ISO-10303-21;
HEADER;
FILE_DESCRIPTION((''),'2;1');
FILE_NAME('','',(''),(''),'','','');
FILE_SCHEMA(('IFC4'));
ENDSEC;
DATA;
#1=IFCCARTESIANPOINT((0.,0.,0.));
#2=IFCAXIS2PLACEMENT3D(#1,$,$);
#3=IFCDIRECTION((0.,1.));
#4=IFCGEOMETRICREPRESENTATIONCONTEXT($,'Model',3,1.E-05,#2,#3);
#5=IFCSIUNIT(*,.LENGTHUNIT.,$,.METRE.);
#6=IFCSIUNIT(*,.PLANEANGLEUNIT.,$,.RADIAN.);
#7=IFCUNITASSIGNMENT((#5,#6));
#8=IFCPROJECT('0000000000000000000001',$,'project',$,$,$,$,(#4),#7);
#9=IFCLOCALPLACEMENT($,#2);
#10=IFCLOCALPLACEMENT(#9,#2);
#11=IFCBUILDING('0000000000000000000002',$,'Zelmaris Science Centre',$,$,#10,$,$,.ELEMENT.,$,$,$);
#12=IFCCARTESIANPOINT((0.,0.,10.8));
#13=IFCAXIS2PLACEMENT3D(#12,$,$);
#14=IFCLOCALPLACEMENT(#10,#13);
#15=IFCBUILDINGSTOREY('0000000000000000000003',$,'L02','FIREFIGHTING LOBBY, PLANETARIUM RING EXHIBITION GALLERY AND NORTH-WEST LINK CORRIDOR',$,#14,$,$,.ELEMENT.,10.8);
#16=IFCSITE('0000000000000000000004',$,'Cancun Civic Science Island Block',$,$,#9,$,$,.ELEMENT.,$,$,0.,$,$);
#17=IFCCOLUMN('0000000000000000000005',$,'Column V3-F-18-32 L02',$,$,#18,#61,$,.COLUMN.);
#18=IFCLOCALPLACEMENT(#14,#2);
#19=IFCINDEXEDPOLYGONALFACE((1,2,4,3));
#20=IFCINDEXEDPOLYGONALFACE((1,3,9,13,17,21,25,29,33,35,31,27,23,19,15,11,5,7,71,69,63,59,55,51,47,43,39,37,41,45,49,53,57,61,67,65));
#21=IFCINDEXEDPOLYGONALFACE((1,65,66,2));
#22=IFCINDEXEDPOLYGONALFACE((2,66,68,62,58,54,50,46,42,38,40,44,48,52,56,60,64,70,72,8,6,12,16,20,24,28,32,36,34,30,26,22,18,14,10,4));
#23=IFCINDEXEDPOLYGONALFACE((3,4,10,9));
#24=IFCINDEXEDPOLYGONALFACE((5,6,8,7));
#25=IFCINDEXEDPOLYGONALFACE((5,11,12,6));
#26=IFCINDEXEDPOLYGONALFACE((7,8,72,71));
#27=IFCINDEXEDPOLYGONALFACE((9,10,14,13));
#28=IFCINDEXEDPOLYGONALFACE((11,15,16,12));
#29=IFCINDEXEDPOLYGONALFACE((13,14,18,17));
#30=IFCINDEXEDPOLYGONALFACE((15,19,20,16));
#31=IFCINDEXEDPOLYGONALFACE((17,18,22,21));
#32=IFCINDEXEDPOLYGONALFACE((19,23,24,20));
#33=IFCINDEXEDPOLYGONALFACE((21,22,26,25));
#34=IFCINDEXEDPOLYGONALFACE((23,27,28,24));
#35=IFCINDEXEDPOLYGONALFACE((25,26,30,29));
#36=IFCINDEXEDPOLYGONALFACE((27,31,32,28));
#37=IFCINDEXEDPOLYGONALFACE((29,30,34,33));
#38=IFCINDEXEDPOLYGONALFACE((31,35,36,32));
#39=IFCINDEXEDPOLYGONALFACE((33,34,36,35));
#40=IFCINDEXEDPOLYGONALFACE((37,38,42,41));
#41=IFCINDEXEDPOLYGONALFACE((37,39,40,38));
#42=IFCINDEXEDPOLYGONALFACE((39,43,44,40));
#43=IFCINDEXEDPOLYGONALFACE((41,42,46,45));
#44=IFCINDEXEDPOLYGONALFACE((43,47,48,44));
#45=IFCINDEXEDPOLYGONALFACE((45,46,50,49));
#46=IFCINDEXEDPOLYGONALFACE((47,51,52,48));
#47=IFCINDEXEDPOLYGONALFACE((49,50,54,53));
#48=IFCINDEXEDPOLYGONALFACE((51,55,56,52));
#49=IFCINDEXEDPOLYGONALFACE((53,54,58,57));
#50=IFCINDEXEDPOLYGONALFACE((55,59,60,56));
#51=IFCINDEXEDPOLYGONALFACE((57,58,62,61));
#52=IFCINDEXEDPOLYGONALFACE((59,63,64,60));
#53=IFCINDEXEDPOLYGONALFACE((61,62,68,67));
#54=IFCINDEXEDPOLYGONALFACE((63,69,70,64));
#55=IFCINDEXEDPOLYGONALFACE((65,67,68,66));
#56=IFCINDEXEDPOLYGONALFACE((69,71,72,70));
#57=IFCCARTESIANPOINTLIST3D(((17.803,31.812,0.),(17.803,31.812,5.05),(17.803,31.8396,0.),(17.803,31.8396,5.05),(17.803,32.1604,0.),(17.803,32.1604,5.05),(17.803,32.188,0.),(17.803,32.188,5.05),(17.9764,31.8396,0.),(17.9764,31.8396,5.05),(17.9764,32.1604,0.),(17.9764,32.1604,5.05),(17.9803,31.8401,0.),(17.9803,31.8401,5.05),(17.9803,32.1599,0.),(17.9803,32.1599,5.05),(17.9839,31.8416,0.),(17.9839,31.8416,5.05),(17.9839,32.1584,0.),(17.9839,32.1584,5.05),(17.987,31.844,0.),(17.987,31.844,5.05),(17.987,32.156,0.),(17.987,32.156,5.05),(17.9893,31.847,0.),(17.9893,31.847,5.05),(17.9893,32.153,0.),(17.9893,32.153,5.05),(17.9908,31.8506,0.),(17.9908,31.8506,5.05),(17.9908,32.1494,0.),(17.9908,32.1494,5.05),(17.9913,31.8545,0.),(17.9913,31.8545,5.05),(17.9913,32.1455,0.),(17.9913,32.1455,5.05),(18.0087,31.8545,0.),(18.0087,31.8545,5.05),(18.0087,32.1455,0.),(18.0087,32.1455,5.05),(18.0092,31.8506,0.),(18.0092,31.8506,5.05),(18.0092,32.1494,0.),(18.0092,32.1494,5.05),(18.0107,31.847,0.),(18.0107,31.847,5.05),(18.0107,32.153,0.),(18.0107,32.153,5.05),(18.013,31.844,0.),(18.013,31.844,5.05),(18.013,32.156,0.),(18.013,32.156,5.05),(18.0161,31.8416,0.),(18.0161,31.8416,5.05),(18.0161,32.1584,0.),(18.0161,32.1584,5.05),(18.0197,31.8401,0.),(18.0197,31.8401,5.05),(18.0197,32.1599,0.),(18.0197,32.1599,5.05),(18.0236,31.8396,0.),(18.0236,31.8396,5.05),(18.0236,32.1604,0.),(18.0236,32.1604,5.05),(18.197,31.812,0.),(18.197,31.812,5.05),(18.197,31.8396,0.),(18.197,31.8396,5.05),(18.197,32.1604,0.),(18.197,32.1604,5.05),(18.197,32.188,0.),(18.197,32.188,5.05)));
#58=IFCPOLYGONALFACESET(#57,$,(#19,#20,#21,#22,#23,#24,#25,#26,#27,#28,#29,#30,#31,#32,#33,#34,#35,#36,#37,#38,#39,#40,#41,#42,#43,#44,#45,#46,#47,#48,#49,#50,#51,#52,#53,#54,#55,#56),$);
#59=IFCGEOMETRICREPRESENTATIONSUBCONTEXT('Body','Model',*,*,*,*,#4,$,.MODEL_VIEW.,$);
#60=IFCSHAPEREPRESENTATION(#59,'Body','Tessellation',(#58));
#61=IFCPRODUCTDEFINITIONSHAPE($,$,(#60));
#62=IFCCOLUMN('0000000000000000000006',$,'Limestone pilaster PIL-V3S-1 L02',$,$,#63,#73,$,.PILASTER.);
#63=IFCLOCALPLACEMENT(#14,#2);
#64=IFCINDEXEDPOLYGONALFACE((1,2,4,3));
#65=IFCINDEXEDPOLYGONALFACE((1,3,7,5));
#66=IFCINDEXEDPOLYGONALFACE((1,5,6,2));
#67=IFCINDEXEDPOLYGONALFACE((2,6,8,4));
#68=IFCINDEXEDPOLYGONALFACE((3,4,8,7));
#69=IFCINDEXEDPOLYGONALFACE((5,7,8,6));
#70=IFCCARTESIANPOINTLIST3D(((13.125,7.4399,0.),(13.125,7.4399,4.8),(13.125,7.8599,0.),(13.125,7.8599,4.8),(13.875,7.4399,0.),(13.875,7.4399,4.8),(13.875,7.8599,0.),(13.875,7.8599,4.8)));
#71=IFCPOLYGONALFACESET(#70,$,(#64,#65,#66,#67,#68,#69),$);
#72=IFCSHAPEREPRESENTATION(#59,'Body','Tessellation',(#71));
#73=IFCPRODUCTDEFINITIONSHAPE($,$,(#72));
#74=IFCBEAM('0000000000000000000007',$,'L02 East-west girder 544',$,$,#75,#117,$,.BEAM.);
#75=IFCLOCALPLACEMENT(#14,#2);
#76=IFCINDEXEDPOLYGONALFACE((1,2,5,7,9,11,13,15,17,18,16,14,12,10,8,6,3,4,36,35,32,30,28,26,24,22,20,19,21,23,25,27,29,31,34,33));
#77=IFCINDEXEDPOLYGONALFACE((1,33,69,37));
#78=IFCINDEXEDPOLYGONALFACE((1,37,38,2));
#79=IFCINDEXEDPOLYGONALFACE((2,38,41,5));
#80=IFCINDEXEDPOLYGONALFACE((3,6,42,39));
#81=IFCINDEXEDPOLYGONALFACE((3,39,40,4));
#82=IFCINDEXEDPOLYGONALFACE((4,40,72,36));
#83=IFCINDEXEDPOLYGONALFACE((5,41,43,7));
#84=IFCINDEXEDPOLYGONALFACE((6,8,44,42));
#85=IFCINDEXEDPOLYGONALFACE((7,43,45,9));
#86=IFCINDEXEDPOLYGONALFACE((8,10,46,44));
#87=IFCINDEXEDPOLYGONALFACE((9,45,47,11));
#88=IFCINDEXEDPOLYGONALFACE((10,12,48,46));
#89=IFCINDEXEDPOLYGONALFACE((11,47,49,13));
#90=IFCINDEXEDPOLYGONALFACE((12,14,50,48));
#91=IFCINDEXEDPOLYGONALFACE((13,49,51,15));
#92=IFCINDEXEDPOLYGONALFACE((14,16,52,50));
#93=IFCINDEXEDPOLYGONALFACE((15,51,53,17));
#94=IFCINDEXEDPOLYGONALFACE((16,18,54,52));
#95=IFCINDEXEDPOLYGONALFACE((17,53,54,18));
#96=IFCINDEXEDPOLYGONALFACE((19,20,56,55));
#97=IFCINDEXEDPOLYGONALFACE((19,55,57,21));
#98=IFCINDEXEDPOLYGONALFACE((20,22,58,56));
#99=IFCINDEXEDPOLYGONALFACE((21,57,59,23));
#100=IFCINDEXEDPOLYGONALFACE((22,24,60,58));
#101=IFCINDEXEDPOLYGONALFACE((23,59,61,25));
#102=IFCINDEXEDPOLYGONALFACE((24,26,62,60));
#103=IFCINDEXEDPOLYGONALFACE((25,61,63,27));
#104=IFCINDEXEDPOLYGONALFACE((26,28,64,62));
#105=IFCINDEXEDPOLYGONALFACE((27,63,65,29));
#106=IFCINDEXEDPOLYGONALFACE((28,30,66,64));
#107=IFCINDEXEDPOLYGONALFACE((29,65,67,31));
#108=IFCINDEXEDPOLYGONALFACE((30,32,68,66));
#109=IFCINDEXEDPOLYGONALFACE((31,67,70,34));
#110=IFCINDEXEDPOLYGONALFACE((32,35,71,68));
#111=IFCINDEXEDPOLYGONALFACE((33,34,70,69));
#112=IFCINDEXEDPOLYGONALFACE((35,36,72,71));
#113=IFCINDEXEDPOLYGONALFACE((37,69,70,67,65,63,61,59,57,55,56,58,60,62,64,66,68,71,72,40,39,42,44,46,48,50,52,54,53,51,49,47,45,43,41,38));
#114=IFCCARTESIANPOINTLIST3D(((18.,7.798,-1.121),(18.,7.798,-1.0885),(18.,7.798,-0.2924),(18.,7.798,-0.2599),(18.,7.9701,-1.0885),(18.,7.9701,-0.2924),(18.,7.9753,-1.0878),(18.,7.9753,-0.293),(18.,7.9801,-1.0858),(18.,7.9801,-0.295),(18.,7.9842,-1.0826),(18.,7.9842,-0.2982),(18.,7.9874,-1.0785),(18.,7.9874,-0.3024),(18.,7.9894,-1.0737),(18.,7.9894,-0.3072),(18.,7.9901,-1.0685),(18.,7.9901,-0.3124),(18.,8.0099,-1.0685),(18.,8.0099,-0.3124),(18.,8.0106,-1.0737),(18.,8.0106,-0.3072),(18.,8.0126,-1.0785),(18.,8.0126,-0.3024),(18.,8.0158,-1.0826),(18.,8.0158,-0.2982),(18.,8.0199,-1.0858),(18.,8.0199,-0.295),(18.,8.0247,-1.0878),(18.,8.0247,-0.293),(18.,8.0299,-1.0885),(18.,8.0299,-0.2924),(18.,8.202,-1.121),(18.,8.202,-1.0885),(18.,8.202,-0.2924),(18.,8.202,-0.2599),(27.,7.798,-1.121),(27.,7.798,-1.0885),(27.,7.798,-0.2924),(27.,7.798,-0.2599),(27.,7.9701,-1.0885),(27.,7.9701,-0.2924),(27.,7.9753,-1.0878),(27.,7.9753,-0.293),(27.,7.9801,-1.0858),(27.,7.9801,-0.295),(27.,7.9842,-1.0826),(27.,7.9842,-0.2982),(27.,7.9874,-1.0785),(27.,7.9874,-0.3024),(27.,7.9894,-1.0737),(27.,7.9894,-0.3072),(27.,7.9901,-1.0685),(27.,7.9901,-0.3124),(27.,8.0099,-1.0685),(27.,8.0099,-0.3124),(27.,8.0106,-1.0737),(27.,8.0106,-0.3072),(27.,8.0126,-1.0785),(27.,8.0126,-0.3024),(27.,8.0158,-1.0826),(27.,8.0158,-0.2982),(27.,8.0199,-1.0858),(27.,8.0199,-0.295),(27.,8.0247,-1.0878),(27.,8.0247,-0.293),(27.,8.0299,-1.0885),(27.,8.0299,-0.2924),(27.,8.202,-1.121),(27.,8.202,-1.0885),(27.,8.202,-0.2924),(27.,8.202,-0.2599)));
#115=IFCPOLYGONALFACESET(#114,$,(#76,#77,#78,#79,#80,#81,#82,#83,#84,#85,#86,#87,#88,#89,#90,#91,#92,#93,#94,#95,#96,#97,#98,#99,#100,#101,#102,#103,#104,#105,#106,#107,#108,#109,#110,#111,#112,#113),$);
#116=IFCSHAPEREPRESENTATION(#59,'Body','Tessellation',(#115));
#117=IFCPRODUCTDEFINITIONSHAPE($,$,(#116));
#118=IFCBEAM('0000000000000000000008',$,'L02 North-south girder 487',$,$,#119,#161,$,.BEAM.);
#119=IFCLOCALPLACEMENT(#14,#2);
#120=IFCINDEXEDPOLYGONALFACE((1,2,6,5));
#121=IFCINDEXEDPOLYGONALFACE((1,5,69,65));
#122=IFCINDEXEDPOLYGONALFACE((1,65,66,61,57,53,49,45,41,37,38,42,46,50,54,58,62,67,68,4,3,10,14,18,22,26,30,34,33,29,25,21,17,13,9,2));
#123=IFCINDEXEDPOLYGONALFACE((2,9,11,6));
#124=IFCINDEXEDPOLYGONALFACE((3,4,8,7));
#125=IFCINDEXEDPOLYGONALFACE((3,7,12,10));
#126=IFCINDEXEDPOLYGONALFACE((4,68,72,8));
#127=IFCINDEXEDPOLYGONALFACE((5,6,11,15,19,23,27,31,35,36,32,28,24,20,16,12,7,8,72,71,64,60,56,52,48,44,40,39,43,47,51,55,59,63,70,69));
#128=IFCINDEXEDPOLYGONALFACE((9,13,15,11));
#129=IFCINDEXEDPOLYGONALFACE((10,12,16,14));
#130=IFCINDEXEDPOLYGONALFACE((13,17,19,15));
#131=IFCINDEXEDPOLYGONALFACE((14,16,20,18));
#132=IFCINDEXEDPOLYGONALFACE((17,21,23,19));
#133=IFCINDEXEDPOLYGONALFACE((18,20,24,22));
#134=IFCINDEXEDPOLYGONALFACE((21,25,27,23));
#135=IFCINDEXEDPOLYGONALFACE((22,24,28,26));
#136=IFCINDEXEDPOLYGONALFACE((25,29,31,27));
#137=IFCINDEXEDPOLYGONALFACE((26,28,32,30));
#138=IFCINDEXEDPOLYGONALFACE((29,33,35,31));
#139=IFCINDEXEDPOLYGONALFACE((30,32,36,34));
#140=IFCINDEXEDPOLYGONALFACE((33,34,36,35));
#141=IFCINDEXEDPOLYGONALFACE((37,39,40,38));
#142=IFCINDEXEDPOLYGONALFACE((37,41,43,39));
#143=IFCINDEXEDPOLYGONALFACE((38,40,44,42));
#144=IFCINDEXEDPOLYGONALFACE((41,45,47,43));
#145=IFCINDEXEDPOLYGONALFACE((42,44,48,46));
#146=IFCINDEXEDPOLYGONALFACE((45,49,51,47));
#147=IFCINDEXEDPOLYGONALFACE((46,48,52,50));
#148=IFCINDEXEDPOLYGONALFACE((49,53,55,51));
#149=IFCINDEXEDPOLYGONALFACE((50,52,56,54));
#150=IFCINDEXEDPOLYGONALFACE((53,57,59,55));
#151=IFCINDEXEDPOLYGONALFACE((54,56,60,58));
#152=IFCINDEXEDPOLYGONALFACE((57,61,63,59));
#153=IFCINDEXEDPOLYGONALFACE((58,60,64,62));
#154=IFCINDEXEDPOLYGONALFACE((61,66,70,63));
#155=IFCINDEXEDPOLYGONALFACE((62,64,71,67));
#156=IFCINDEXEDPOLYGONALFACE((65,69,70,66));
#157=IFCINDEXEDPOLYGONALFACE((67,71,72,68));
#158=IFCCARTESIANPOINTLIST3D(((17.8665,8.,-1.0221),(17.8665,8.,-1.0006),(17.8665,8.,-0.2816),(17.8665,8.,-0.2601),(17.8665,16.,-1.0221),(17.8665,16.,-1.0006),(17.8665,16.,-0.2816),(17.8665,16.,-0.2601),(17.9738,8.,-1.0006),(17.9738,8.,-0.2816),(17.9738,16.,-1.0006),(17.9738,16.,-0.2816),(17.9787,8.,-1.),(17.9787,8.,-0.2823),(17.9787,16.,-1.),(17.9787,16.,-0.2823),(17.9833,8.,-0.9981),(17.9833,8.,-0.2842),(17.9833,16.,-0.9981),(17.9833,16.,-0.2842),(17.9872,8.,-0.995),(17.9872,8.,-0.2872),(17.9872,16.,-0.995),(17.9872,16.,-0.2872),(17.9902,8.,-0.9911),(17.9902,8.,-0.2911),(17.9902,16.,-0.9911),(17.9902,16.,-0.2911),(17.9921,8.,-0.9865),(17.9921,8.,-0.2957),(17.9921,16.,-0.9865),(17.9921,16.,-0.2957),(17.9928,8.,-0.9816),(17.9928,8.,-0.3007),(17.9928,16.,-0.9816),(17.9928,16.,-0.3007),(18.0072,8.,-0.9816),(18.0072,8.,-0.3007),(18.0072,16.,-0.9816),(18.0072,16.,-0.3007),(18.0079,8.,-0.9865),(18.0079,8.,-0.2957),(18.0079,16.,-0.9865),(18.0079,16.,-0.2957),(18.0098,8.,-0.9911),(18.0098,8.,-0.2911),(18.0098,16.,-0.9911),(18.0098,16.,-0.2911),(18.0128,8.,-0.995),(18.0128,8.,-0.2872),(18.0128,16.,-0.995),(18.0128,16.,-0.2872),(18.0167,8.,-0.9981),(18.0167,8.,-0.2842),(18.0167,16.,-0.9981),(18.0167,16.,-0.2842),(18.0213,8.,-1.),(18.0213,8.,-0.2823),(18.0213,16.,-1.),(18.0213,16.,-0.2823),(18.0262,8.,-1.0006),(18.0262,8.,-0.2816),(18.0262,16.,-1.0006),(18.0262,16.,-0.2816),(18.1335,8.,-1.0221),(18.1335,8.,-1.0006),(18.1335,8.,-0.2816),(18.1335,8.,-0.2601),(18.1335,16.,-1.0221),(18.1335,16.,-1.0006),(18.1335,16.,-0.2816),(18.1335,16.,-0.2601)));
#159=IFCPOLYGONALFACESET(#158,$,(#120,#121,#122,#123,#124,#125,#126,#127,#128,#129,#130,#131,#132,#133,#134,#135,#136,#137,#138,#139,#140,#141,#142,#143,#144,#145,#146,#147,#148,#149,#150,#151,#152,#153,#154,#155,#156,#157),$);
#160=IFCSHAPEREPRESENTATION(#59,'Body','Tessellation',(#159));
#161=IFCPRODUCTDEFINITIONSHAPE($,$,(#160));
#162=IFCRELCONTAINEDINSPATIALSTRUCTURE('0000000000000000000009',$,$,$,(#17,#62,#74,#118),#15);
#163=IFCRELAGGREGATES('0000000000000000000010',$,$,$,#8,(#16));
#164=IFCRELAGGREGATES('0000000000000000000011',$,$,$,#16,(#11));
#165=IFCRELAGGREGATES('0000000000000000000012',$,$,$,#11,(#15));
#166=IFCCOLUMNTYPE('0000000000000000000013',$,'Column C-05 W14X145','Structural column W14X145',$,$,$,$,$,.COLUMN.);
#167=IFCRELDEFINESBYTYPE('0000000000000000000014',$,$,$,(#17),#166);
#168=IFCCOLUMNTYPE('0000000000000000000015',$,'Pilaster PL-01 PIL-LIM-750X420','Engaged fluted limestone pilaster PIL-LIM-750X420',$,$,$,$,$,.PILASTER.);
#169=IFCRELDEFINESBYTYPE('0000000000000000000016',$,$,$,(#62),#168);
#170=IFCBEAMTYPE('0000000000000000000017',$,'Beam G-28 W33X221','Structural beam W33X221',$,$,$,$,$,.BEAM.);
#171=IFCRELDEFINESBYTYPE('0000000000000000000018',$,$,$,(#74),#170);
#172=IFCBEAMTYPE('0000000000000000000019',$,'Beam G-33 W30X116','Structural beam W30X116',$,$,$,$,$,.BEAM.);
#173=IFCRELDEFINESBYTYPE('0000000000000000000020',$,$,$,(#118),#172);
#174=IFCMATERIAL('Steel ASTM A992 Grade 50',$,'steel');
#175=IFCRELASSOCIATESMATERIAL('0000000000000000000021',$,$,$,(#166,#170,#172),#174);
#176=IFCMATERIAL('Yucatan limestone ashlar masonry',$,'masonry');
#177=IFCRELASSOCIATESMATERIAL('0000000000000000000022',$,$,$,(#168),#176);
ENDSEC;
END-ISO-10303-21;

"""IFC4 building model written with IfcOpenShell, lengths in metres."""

from ifc_helpers import new_model, si_unit, direction, frame, origin, origin_2d, place, context, subcontext, project, spatial, rectangle, i_section, extrude, material, material_profile, profile_set, type_object, element, save


model = new_model("IFC4")

# Units and contexts
model_context = context("Model", 3, precision=1e-05, world=origin(), true_north=direction((0.0, 1.0)))
body_context = subcontext(model_context, "Body", "Model", "MODEL_VIEW")
ifc_project = project(units=[si_unit("LENGTHUNIT", "METRE"), si_unit("PLANEANGLEUNIT", "RADIAN")], contexts=[model_context])

# Site, building, storey
site_placement = place(None, origin())
site = spatial("IfcSite", under=ifc_project, at=site_placement, Name="Cancun Civic Science Island Block", CompositionType="ELEMENT", RefElevation=0.0)
building_placement = place(site_placement, origin())
building = spatial("IfcBuilding", under=site, at=building_placement, Name="Zelmaris Science Centre", CompositionType="ELEMENT")
storey_placement = place(building_placement, frame((0.0, 0.0, 10.8)))
storey = spatial("IfcBuildingStorey", under=building, at=storey_placement, Name="L02", Description="FIREFIGHTING LOBBY, PLANETARIUM RING EXHIBITION GALLERY AND NORTH-WEST LINK CORRIDOR", CompositionType="ELEMENT", Elevation=10.8)

# Columns
ifc_material_1 = material(Name="Steel ASTM A992 Grade 50", Category="steel")
ifc_material_profile_1 = material_profile(ifc_material_1, i_section(OverallWidth=0.394, OverallDepth=0.376, WebThickness=0.0173, FlangeThickness=0.0276, FilletRadius=0.0149, at=origin_2d()), Name="W14X145")
ifc_profile_set_1 = profile_set([ifc_material_profile_1], Name="Steel ASTM A992 Grade 50")
column_type_1 = type_object("IfcColumnType", Name="Column C-05 W14X145", Description="Structural column W14X145", PredefinedType="COLUMN", material=ifc_profile_set_1)
for number, where, z_axis, x_axis, name in (
    (1, (18.0, 32.0, 0.0), (0.0, 0.0, 1.0), (1.0, 0.0, 0.0), "Column V3-F-18-32 L02"),
):
    element("IfcColumn", number, at=place(storey_placement, frame(where, z_axis=z_axis, x_axis=x_axis)), inside=storey, type_object=column_type_1, Name=name, PredefinedType="COLUMN", context=body_context, shape_type="SweptSolid", body=[
        extrude(i_section(OverallWidth=0.394, OverallDepth=0.376, WebThickness=0.0173, FlangeThickness=0.0276, FilletRadius=0.0149, at=origin_2d()), origin(), (0.0, 0.0, 1.0), 5.05),
    ])
ifc_material_2 = material(Name="Yucatan limestone ashlar masonry", Category="masonry")
ifc_material_profile_2 = material_profile(ifc_material_2, rectangle(XDim=0.75, YDim=0.4199, at=origin_2d()), Name="PIL-LIM-750X420")
ifc_profile_set_2 = profile_set([ifc_material_profile_2], Name="Yucatan limestone ashlar masonry")
column_type_2 = type_object("IfcColumnType", Name="Pilaster PL-01 PIL-LIM-750X420", Description="Engaged fluted limestone pilaster PIL-LIM-750X420", PredefinedType="PILASTER", material=ifc_profile_set_2)
column_placement = place(storey_placement, frame((13.5, 7.6499, 0.0), z_axis=(0.0, 0.0, 1.0), x_axis=(1.0, 0.0, 0.0)))
element("IfcColumn", 2, at=column_placement, inside=storey, type_object=column_type_2, Name="Limestone pilaster PIL-V3S-1 L02", PredefinedType="PILASTER", context=body_context, shape_type="SweptSolid", body=[
    extrude(rectangle(XDim=0.75, YDim=0.4199, at=origin_2d()), origin(), (0.0, 0.0, 1.0), 4.8),
])

# Beams
ifc_material_profile_3 = material_profile(ifc_material_1, i_section(OverallWidth=0.4041, OverallDepth=0.8611, WebThickness=0.0198, FlangeThickness=0.0325, FilletRadius=0.02, at=origin_2d()), Name="W33X221")
ifc_profile_set_3 = profile_set([ifc_material_profile_3], Name="Steel ASTM A992 Grade 50")
beam_type_1 = type_object("IfcBeamType", Name="Beam G-28 W33X221", Description="Structural beam W33X221", PredefinedType="BEAM", material=ifc_profile_set_3)
beam_1_placement = place(storey_placement, frame((18.0, 8.0, -0.6904), z_axis=(1.0, 0.0, 0.0), x_axis=(0.0, 1.0, 0.0)))
element("IfcBeam", 3, at=beam_1_placement, inside=storey, type_object=beam_type_1, Name="L02 East-west girder 544", PredefinedType="BEAM", context=body_context, shape_type="SweptSolid", body=[
    extrude(i_section(OverallWidth=0.4041, OverallDepth=0.8611, WebThickness=0.0198, FlangeThickness=0.0325, FilletRadius=0.02, at=origin_2d()), origin(), (0.0, 0.0, 1.0), 9.0),
])
ifc_material_profile_4 = material_profile(ifc_material_1, i_section(OverallWidth=0.2671, OverallDepth=0.762, WebThickness=0.0144, FlangeThickness=0.0215, FilletRadius=0.019, at=origin_2d()), Name="W30X116")
ifc_profile_set_4 = profile_set([ifc_material_profile_4], Name="Steel ASTM A992 Grade 50")
beam_type_2 = type_object("IfcBeamType", Name="Beam G-33 W30X116", Description="Structural beam W30X116", PredefinedType="BEAM", material=ifc_profile_set_4)
beam_2_placement = place(storey_placement, frame((18.0, 8.0, -0.6411), z_axis=(0.0, 1.0, 0.0), x_axis=(-1.0, 0.0, 0.0)))
element("IfcBeam", 4, at=beam_2_placement, inside=storey, type_object=beam_type_2, Name="L02 North-south girder 487", PredefinedType="BEAM", context=body_context, shape_type="SweptSolid", body=[
    extrude(i_section(OverallWidth=0.2671, OverallDepth=0.762, WebThickness=0.0144, FlangeThickness=0.0215, FilletRadius=0.019, at=origin_2d()), origin(), (0.0, 0.0, 1.0), 8.0),
])

save(model, "model.ifc")
